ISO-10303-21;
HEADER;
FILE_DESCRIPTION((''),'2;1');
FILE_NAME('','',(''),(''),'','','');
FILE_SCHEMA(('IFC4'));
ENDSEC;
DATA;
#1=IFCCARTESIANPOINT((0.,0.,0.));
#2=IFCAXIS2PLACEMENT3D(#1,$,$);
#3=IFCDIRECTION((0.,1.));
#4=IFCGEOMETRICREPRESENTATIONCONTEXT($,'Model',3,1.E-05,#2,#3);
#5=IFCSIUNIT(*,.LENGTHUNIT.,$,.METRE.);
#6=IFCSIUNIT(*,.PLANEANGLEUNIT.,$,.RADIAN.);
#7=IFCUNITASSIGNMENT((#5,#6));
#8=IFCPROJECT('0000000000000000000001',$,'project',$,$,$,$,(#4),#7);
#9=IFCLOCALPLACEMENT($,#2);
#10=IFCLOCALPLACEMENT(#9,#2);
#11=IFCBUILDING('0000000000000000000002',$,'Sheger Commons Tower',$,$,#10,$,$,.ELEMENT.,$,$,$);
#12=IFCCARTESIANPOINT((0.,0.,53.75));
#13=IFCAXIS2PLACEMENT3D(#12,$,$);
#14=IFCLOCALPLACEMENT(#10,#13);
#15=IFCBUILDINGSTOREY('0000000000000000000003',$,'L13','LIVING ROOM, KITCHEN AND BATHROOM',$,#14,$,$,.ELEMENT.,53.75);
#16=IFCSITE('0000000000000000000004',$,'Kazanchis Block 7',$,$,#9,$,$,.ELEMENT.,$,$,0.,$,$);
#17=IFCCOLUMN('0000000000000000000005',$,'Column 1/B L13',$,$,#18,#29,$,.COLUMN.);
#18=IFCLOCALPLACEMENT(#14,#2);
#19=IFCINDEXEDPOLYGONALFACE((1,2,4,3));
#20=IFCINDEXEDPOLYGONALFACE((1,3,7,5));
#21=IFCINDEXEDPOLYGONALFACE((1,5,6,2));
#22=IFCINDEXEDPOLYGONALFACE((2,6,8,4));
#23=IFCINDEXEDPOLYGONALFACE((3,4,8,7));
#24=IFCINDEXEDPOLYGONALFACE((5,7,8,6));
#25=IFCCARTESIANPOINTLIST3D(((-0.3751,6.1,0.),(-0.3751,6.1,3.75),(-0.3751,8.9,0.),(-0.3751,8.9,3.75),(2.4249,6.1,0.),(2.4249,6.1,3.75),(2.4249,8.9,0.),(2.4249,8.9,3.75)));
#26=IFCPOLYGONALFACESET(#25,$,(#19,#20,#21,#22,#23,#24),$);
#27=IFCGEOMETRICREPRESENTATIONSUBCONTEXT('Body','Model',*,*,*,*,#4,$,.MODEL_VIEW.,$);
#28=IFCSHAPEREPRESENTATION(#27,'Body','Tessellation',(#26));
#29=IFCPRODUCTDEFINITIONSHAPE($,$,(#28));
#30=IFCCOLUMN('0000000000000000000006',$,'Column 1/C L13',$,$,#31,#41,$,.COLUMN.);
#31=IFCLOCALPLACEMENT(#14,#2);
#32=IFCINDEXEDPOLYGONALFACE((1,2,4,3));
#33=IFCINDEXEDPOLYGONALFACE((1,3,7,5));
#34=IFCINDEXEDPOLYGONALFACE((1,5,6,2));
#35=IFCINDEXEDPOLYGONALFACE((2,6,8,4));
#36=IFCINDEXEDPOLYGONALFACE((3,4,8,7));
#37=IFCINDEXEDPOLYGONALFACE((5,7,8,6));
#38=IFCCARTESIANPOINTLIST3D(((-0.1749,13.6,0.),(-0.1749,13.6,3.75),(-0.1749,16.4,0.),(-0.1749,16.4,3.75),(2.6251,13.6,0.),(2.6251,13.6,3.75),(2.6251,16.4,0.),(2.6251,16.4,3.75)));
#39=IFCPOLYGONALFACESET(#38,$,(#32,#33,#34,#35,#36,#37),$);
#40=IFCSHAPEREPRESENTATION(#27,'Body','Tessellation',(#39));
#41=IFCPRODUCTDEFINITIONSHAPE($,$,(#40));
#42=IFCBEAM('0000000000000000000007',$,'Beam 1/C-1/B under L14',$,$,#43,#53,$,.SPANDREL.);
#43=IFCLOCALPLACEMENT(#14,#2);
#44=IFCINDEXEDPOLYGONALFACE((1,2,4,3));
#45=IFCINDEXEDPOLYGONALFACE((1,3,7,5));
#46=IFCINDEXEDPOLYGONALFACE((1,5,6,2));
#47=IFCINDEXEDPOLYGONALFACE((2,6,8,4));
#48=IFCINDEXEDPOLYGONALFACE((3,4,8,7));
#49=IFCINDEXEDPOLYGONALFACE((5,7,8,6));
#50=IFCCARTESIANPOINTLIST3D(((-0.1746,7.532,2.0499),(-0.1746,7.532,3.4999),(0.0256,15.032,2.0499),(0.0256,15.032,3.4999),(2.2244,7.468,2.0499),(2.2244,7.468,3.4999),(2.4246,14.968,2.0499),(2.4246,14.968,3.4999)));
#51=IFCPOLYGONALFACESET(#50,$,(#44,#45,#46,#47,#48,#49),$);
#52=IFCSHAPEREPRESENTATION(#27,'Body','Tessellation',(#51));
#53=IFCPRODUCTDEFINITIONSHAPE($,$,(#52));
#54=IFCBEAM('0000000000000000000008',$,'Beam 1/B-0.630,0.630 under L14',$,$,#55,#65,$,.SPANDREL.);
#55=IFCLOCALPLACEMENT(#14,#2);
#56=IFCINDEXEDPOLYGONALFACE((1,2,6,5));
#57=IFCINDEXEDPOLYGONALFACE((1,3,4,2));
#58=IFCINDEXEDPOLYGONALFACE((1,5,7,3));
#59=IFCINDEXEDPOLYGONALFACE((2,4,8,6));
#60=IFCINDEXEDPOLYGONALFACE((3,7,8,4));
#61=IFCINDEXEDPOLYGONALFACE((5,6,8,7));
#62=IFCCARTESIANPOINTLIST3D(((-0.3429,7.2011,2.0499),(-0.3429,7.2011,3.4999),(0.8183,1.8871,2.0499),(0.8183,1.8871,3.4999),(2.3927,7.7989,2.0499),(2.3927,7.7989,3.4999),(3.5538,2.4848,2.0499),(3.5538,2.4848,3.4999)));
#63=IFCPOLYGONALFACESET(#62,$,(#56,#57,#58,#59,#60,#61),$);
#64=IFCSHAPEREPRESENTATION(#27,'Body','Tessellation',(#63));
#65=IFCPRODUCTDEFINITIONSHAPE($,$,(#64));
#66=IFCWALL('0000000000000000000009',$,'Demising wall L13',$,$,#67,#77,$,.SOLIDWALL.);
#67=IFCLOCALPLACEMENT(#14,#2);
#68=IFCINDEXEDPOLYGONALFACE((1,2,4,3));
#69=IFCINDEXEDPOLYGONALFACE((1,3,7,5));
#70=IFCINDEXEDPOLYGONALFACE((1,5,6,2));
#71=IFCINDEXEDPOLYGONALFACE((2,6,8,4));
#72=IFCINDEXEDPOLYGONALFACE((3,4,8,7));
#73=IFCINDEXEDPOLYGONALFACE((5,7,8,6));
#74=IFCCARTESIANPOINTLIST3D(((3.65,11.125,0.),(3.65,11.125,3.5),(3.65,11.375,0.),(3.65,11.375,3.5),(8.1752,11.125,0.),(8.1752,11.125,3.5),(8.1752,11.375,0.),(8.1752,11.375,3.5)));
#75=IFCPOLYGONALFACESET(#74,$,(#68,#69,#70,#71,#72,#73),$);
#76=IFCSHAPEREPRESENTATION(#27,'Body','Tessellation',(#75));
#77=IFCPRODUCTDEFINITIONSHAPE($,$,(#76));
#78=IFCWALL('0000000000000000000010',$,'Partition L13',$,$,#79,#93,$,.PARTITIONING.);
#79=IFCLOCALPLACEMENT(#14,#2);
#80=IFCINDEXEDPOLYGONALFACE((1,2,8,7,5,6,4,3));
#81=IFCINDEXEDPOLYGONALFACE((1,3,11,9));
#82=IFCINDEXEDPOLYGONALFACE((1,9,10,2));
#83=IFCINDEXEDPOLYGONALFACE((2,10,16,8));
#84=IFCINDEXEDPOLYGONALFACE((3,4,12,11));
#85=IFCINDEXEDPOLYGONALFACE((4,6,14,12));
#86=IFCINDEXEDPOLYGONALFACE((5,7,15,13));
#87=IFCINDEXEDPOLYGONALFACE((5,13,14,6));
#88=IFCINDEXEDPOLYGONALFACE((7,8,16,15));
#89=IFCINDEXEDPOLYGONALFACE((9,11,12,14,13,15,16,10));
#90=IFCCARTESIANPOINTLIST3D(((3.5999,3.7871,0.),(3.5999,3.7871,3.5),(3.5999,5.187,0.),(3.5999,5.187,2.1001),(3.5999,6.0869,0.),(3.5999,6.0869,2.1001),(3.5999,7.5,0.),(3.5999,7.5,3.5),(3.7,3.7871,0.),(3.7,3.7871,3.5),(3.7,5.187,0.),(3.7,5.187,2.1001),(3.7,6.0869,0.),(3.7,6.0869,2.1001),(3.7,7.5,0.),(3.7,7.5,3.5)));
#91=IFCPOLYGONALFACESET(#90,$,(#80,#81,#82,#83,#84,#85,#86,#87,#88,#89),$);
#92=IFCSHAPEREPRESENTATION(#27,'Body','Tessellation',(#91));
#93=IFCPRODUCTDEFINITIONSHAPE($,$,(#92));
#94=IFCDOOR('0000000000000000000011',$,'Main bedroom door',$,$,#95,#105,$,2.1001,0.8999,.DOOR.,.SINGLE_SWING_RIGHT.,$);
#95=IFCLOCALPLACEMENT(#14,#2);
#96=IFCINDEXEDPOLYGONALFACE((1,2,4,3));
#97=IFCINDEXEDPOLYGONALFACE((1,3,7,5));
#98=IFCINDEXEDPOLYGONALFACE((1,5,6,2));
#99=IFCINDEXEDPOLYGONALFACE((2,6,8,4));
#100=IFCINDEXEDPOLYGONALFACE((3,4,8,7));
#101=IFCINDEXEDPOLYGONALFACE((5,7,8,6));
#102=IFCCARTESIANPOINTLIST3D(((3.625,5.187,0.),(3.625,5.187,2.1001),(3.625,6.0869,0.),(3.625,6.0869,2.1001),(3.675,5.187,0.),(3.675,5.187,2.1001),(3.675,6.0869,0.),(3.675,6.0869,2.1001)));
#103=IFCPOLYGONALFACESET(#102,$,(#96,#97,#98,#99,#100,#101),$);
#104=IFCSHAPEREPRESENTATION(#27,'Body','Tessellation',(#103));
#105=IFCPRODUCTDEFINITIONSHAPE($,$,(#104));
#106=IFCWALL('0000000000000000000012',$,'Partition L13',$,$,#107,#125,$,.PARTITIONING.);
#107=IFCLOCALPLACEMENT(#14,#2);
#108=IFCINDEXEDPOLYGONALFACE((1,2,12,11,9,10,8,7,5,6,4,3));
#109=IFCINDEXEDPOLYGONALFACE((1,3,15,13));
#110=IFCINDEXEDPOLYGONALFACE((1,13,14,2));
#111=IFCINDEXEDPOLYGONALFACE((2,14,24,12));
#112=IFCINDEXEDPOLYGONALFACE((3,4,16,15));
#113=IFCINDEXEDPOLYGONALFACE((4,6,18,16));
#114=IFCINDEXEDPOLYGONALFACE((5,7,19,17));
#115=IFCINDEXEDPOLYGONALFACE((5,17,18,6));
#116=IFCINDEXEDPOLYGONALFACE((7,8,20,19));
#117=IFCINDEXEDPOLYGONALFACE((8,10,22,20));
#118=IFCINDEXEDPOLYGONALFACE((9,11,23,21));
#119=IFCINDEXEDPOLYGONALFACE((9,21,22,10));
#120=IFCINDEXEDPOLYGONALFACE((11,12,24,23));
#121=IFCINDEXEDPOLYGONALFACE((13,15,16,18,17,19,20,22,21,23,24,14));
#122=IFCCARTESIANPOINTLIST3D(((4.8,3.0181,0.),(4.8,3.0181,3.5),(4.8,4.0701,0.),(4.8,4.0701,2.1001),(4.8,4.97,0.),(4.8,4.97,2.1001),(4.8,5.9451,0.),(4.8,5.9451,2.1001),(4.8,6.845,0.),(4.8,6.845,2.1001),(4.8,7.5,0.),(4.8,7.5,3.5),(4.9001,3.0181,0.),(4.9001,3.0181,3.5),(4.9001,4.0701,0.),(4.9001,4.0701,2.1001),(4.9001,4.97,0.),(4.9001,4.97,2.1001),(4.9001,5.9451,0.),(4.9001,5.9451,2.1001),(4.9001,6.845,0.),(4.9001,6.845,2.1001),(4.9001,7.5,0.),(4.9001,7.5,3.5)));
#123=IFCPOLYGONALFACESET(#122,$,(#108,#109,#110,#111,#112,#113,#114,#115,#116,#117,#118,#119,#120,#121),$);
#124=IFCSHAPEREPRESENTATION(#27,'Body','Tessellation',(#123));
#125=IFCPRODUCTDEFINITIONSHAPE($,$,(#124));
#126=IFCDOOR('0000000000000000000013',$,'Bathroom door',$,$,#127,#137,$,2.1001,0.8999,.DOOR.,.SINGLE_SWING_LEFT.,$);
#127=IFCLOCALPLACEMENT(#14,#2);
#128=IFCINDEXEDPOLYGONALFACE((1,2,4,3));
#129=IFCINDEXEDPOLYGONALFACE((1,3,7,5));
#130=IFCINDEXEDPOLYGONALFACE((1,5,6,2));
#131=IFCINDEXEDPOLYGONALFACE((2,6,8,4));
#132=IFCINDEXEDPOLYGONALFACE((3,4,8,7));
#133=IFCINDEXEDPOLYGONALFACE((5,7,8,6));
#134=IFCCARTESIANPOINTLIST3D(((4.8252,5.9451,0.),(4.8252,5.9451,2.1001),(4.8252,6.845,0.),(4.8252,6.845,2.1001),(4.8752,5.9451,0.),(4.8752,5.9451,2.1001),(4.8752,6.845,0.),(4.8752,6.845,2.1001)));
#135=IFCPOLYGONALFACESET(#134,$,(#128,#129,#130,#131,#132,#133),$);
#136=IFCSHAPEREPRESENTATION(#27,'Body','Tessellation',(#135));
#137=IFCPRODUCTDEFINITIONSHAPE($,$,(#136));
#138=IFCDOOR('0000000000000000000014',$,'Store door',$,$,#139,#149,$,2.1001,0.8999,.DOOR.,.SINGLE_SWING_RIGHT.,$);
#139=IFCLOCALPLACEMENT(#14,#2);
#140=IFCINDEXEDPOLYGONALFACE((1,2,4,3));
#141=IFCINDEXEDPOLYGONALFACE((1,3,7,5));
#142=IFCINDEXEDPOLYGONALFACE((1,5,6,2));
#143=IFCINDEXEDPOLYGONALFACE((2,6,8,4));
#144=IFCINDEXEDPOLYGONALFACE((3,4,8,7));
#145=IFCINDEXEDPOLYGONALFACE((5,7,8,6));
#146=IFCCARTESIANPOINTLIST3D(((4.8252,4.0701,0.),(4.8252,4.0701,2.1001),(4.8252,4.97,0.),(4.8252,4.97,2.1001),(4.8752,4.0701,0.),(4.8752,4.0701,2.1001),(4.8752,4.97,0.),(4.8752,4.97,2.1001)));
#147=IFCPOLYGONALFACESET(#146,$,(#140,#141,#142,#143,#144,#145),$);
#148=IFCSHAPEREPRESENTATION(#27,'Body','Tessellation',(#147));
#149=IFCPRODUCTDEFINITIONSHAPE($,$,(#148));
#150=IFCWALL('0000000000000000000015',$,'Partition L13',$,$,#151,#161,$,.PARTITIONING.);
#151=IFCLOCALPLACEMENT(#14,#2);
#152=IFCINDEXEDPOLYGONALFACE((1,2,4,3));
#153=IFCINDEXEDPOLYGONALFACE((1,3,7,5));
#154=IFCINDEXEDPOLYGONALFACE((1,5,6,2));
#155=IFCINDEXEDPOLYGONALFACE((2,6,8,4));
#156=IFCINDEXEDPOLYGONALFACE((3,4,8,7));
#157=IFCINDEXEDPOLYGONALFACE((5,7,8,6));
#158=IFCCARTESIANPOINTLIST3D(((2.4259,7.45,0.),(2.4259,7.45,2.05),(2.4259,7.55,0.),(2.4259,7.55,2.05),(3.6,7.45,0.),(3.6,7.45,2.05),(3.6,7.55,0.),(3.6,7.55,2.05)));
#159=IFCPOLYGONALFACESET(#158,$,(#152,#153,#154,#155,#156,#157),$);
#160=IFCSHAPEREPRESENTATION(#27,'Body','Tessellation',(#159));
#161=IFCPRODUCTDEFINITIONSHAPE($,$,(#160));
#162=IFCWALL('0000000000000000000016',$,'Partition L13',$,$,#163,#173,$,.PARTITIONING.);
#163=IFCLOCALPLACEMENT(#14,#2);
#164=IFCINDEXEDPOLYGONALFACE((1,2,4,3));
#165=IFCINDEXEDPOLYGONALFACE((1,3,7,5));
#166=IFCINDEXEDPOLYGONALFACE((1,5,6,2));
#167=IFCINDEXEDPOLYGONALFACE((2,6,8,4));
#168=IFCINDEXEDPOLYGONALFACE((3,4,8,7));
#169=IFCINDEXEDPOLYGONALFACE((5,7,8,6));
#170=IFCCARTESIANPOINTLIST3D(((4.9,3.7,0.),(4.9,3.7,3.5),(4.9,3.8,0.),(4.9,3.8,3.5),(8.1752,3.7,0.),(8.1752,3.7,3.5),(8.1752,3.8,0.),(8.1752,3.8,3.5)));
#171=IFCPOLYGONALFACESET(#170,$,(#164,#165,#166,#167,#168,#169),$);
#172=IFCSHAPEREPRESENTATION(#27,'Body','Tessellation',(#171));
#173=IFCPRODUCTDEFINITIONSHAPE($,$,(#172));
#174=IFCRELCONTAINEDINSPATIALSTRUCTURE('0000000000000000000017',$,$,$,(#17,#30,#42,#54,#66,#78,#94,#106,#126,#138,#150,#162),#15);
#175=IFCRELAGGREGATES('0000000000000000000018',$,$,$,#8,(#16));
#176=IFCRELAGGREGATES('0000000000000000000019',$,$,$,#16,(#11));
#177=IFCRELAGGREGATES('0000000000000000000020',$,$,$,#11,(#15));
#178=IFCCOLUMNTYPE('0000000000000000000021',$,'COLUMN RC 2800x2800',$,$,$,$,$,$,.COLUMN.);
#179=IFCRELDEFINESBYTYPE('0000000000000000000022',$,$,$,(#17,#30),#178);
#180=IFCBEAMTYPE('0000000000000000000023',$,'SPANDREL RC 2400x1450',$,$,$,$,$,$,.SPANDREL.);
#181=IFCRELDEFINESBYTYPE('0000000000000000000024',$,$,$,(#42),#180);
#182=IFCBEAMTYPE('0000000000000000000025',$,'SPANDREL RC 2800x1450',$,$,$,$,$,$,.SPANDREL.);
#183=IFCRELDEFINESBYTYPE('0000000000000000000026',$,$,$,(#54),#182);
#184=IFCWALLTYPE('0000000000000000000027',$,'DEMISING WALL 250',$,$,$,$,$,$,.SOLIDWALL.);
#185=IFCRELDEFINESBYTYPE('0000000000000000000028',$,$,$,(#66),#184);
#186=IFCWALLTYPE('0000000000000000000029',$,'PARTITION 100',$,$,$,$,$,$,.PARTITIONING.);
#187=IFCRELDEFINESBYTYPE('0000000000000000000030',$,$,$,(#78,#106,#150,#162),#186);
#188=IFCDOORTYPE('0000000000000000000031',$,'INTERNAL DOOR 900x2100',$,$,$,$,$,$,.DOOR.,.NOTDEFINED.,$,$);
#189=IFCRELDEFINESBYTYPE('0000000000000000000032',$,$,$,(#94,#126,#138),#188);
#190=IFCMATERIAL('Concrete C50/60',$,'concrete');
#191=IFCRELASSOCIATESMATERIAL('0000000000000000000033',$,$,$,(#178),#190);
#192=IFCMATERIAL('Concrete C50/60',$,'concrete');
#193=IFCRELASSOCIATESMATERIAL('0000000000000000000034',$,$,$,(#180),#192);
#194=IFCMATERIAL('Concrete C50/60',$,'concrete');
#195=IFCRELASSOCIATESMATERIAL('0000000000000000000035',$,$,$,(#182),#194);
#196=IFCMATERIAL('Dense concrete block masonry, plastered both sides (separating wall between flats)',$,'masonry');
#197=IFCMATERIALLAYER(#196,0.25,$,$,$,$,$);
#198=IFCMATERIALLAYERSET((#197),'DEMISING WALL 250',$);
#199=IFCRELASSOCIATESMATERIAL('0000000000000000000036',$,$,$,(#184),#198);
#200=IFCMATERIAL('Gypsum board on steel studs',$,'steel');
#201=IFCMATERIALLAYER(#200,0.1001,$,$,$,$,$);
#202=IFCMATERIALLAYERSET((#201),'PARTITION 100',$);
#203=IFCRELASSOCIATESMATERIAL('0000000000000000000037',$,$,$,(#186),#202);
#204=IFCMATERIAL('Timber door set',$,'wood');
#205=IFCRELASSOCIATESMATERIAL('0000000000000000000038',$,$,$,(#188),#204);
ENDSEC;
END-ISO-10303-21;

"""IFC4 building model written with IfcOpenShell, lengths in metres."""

from ifc_helpers import new_model, si_unit, direction, frame, frame_2d, origin, origin_2d, place, context, subcontext, project, spatial, rectangle, extrude, material, layer, layer_set, material_profile, profile_set, type_object, element, fill, save


model = new_model("IFC4")

# Units and contexts
model_context = context("Model", 3, precision=1e-05, world=origin(), true_north=direction((0.0, 1.0)))
body_context = subcontext(model_context, "Body", "Model", "MODEL_VIEW")
ifc_project = project(units=[si_unit("LENGTHUNIT", "METRE"), si_unit("PLANEANGLEUNIT", "RADIAN")], contexts=[model_context])

# Site, building, storey
site_placement = place(None, origin())
site = spatial("IfcSite", under=ifc_project, at=site_placement, Name="Kazanchis Block 7", CompositionType="ELEMENT", RefElevation=0.0)
building_placement = place(site_placement, origin())
building = spatial("IfcBuilding", under=site, at=building_placement, Name="Sheger Commons Tower", CompositionType="ELEMENT")
storey_placement = place(building_placement, frame((0.0, 0.0, 53.75)))
storey = spatial("IfcBuildingStorey", under=building, at=storey_placement, Name="L13", Description="LIVING ROOM, KITCHEN AND BATHROOM", CompositionType="ELEMENT", Elevation=53.75)

# Columns
ifc_material_1 = material(Name="Concrete C50/60", Category="concrete")
ifc_material_profile_1 = material_profile(ifc_material_1, rectangle(XDim=2.8, YDim=2.8, at=origin_2d()), Name="RC 2800x2800")
ifc_profile_set_1 = profile_set([ifc_material_profile_1], Name="Concrete C50/60")
column_type = type_object("IfcColumnType", Name="COLUMN RC 2800x2800", PredefinedType="COLUMN", material=ifc_profile_set_1)
for number, where, z_axis, x_axis, name in (
    (1, (1.0249, 7.5, 0.0), (0.0, 0.0, 1.0), (1.0, 0.0, 0.0), "Column 1/B L13"),
    (2, (1.2251, 15.0, 0.0), (0.0, 0.0, 1.0), (1.0, 0.0, 0.0), "Column 1/C L13"),
):
    element("IfcColumn", number, at=place(storey_placement, frame(where, z_axis=z_axis, x_axis=x_axis)), inside=storey, type_object=column_type, Name=name, PredefinedType="COLUMN", context=body_context, shape_type="SweptSolid", body=[
        extrude(rectangle(XDim=2.8, YDim=2.8, at=origin_2d()), origin(), (0.0, 0.0, 1.0), 3.75),
    ])

# Beams
ifc_material_2 = material(Name="Concrete C50/60", Category="concrete")
ifc_material_profile_2 = material_profile(ifc_material_2, rectangle(XDim=2.3999, YDim=1.45, at=origin_2d()), Name="RC 2400x1450")
ifc_profile_set_2 = profile_set([ifc_material_profile_2], Name="Concrete C50/60")
beam_type_1 = type_object("IfcBeamType", Name="SPANDREL RC 2400x1450", PredefinedType="SPANDREL", material=ifc_profile_set_2)
beam_1_placement = place(storey_placement, frame((1.2251, 15.0, 2.7749), z_axis=(-0.026683, -0.999644, 0.0), x_axis=(0.999644, -0.026683, 0.0)))
element("IfcBeam", 3, at=beam_1_placement, inside=storey, type_object=beam_type_1, Name="Beam 1/C-1/B under L14", PredefinedType="SPANDREL", context=body_context, shape_type="SweptSolid", body=[
    extrude(rectangle(XDim=2.3999, YDim=1.45, at=origin_2d()), origin(), (0.0, 0.0, 1.0), 7.5027),
])
ifc_material_3 = material(Name="Concrete C50/60", Category="concrete")
ifc_material_profile_3 = material_profile(ifc_material_3, rectangle(XDim=2.8, YDim=1.45, at=origin_2d()), Name="RC 2800x1450")
ifc_profile_set_3 = profile_set([ifc_material_profile_3], Name="Concrete C50/60")
beam_type_2 = type_object("IfcBeamType", Name="SPANDREL RC 2800x1450", PredefinedType="SPANDREL", material=ifc_profile_set_3)
beam_2_placement = place(storey_placement, frame((1.0249, 7.5, 2.7749), z_axis=(0.213469, -0.97695, 0.0), x_axis=(0.97695, 0.213469, 0.0)))
element("IfcBeam", 4, at=beam_2_placement, inside=storey, type_object=beam_type_2, Name="Beam 1/B-0.630,0.630 under L14", PredefinedType="SPANDREL", context=body_context, shape_type="SweptSolid", body=[
    extrude(rectangle(XDim=2.8, YDim=1.45, at=origin_2d()), origin(), (0.0, 0.0, 1.0), 5.4395),
])

# Wall
ifc_material_4 = material(Name="Dense concrete block masonry, plastered both sides (separating wall between flats)", Category="masonry")
ifc_layer_1 = layer(ifc_material_4, 0.25)
ifc_layer_set_1 = layer_set([ifc_layer_1], Name="DEMISING WALL 250")
wall_type_1 = type_object("IfcWallType", Name="DEMISING WALL 250", PredefinedType="SOLIDWALL", material=ifc_layer_set_1)
wall_1_placement = place(storey_placement, frame((3.6499, 11.25, 0.0), z_axis=(0.0, 0.0, 1.0), x_axis=(1.0, 0.0, 0.0)))
element("IfcWall", 5, at=wall_1_placement, inside=storey, type_object=wall_type_1, Name="Demising wall L13", PredefinedType="SOLIDWALL", context=body_context, shape_type="SweptSolid", body=[
    extrude(rectangle(XDim=4.5251, YDim=0.25, at=frame_2d((2.2627, 0.0))), origin(), (0.0, 0.0, 1.0), 3.5),
])

# Wall, opening, door
ifc_material_5 = material(Name="Gypsum board on steel studs", Category="steel")
ifc_layer_2 = layer(ifc_material_5, 0.1001)
ifc_layer_set_2 = layer_set([ifc_layer_2], Name="PARTITION 100")
wall_type_2 = type_object("IfcWallType", Name="PARTITION 100", PredefinedType="PARTITIONING", material=ifc_layer_set_2)
wall_2_placement = place(storey_placement, frame((3.6499, 3.7871, 0.0), z_axis=(0.0, 0.0, 1.0), x_axis=(0.0, 1.0, 0.0)))
wall_2 = element("IfcWall", 6, at=wall_2_placement, inside=storey, type_object=wall_type_2, Name="Partition L13", PredefinedType="PARTITIONING", context=body_context, shape_type="SweptSolid", body=[
    extrude(rectangle(XDim=3.7129, YDim=0.1001, at=frame_2d((1.8564, 0.0))), origin(), (0.0, 0.0, 1.0), 3.5),
])
opening_1_placement = place(wall_2_placement, frame((1.3999, 0.0, 0.0)))
opening_1 = element("IfcOpeningElement", 7, at=opening_1_placement, cuts=wall_2, PredefinedType="OPENING", context=body_context, shape_type="SweptSolid", body=[
    extrude(rectangle(XDim=0.8999, YDim=2.1001, at=frame_2d((0.45, 1.05))), frame((0.0, 0.0601, 0.0), z_axis=(0.0, -1.0, 0.0), x_axis=(1.0, 0.0, 0.0)), (0.0, 0.0, 1.0), 0.1201),
])
ifc_material_6 = material(Name="Timber door set", Category="wood")
door_type = type_object("IfcDoorType", Name="INTERNAL DOOR 900x2100", OperationType="NOTDEFINED", PredefinedType="DOOR", material=ifc_material_6)
door_1_placement = place(opening_1_placement, origin())
door_1 = element("IfcDoor", 8, at=door_1_placement, inside=storey, type_object=door_type, Name="Main bedroom door", OperationType="SINGLE_SWING_RIGHT", OverallHeight=2.1001, OverallWidth=0.8999, PredefinedType="DOOR", context=body_context, shape_type="SweptSolid", body=[
    extrude(rectangle(XDim=0.8999, YDim=2.1001, at=frame_2d((0.45, 1.05))), frame((0.0, 0.0249, 0.0), z_axis=(0.0, -1.0, 0.0), x_axis=(1.0, 0.0, 0.0)), (0.0, 0.0, 1.0), 0.05),
])
fill(opening_1, door_1)

# Wall, openings, doors
wall_3_placement = place(storey_placement, frame((4.8501, 3.0181, 0.0), z_axis=(0.0, 0.0, 1.0), x_axis=(0.0, 1.0, 0.0)))
wall_3 = element("IfcWall", 9, at=wall_3_placement, inside=storey, type_object=wall_type_2, Name="Partition L13", PredefinedType="PARTITIONING", context=body_context, shape_type="SweptSolid", body=[
    extrude(rectangle(XDim=4.4819, YDim=0.1001, at=frame_2d((2.241, 0.0))), origin(), (0.0, 0.0, 1.0), 3.5),
])
opening_2_placement = place(wall_3_placement, frame((2.927, 0.0, 0.0)))
opening_2 = element("IfcOpeningElement", 10, at=opening_2_placement, cuts=wall_3, PredefinedType="OPENING", context=body_context, shape_type="SweptSolid", body=[
    extrude(rectangle(XDim=0.8999, YDim=2.1001, at=frame_2d((0.45, 1.05))), frame((0.0, 0.0601, 0.0), z_axis=(0.0, -1.0, 0.0), x_axis=(1.0, 0.0, 0.0)), (0.0, 0.0, 1.0), 0.1201),
])
opening_3_placement = place(wall_3_placement, frame((1.052, 0.0, 0.0)))
opening_3 = element("IfcOpeningElement", 11, at=opening_3_placement, cuts=wall_3, PredefinedType="OPENING", context=body_context, shape_type="SweptSolid", body=[
    extrude(rectangle(XDim=0.8999, YDim=2.1001, at=frame_2d((0.45, 1.05))), frame((0.0, 0.0601, 0.0), z_axis=(0.0, -1.0, 0.0), x_axis=(1.0, 0.0, 0.0)), (0.0, 0.0, 1.0), 0.1201),
])
door_2_placement = place(opening_2_placement, origin())
door_2 = element("IfcDoor", 12, at=door_2_placement, inside=storey, type_object=door_type, Name="Bathroom door", OperationType="SINGLE_SWING_LEFT", OverallHeight=2.1001, OverallWidth=0.8999, PredefinedType="DOOR", context=body_context, shape_type="SweptSolid", body=[
    extrude(rectangle(XDim=0.8999, YDim=2.1001, at=frame_2d((0.45, 1.05))), frame((0.0, 0.0249, 0.0), z_axis=(0.0, -1.0, 0.0), x_axis=(1.0, 0.0, 0.0)), (0.0, 0.0, 1.0), 0.05),
])
fill(opening_2, door_2)
door_3_placement = place(opening_3_placement, origin())
door_3 = element("IfcDoor", 13, at=door_3_placement, inside=storey, type_object=door_type, Name="Store door", OperationType="SINGLE_SWING_RIGHT", OverallHeight=2.1001, OverallWidth=0.8999, PredefinedType="DOOR", context=body_context, shape_type="SweptSolid", body=[
    extrude(rectangle(XDim=0.8999, YDim=2.1001, at=frame_2d((0.45, 1.05))), frame((0.0, 0.0249, 0.0), z_axis=(0.0, -1.0, 0.0), x_axis=(1.0, 0.0, 0.0)), (0.0, 0.0, 1.0), 0.05),
])
fill(opening_3, door_3)

# Walls
wall_4_placement = place(storey_placement, frame((2.426, 7.5, 0.0), z_axis=(0.0, 0.0, 1.0), x_axis=(1.0, 0.0, 0.0)))
element("IfcWall", 14, at=wall_4_placement, inside=storey, type_object=wall_type_2, Name="Partition L13", PredefinedType="PARTITIONING", context=body_context, shape_type="SweptSolid", body=[
    extrude(rectangle(XDim=1.1741, YDim=0.1001, at=frame_2d((0.5869, 0.0))), origin(), (0.0, 0.0, 1.0), 2.05),
])
wall_5_placement = place(storey_placement, frame((4.8999, 3.75, 0.0), z_axis=(0.0, 0.0, 1.0), x_axis=(1.0, 0.0, 0.0)))
element("IfcWall", 15, at=wall_5_placement, inside=storey, type_object=wall_type_2, Name="Partition L13", PredefinedType="PARTITIONING", context=body_context, shape_type="SweptSolid", body=[
    extrude(rectangle(XDim=3.2751, YDim=0.1001, at=frame_2d((1.6377, 0.0))), origin(), (0.0, 0.0, 1.0), 3.5),
])

save(model, "model.ifc")
